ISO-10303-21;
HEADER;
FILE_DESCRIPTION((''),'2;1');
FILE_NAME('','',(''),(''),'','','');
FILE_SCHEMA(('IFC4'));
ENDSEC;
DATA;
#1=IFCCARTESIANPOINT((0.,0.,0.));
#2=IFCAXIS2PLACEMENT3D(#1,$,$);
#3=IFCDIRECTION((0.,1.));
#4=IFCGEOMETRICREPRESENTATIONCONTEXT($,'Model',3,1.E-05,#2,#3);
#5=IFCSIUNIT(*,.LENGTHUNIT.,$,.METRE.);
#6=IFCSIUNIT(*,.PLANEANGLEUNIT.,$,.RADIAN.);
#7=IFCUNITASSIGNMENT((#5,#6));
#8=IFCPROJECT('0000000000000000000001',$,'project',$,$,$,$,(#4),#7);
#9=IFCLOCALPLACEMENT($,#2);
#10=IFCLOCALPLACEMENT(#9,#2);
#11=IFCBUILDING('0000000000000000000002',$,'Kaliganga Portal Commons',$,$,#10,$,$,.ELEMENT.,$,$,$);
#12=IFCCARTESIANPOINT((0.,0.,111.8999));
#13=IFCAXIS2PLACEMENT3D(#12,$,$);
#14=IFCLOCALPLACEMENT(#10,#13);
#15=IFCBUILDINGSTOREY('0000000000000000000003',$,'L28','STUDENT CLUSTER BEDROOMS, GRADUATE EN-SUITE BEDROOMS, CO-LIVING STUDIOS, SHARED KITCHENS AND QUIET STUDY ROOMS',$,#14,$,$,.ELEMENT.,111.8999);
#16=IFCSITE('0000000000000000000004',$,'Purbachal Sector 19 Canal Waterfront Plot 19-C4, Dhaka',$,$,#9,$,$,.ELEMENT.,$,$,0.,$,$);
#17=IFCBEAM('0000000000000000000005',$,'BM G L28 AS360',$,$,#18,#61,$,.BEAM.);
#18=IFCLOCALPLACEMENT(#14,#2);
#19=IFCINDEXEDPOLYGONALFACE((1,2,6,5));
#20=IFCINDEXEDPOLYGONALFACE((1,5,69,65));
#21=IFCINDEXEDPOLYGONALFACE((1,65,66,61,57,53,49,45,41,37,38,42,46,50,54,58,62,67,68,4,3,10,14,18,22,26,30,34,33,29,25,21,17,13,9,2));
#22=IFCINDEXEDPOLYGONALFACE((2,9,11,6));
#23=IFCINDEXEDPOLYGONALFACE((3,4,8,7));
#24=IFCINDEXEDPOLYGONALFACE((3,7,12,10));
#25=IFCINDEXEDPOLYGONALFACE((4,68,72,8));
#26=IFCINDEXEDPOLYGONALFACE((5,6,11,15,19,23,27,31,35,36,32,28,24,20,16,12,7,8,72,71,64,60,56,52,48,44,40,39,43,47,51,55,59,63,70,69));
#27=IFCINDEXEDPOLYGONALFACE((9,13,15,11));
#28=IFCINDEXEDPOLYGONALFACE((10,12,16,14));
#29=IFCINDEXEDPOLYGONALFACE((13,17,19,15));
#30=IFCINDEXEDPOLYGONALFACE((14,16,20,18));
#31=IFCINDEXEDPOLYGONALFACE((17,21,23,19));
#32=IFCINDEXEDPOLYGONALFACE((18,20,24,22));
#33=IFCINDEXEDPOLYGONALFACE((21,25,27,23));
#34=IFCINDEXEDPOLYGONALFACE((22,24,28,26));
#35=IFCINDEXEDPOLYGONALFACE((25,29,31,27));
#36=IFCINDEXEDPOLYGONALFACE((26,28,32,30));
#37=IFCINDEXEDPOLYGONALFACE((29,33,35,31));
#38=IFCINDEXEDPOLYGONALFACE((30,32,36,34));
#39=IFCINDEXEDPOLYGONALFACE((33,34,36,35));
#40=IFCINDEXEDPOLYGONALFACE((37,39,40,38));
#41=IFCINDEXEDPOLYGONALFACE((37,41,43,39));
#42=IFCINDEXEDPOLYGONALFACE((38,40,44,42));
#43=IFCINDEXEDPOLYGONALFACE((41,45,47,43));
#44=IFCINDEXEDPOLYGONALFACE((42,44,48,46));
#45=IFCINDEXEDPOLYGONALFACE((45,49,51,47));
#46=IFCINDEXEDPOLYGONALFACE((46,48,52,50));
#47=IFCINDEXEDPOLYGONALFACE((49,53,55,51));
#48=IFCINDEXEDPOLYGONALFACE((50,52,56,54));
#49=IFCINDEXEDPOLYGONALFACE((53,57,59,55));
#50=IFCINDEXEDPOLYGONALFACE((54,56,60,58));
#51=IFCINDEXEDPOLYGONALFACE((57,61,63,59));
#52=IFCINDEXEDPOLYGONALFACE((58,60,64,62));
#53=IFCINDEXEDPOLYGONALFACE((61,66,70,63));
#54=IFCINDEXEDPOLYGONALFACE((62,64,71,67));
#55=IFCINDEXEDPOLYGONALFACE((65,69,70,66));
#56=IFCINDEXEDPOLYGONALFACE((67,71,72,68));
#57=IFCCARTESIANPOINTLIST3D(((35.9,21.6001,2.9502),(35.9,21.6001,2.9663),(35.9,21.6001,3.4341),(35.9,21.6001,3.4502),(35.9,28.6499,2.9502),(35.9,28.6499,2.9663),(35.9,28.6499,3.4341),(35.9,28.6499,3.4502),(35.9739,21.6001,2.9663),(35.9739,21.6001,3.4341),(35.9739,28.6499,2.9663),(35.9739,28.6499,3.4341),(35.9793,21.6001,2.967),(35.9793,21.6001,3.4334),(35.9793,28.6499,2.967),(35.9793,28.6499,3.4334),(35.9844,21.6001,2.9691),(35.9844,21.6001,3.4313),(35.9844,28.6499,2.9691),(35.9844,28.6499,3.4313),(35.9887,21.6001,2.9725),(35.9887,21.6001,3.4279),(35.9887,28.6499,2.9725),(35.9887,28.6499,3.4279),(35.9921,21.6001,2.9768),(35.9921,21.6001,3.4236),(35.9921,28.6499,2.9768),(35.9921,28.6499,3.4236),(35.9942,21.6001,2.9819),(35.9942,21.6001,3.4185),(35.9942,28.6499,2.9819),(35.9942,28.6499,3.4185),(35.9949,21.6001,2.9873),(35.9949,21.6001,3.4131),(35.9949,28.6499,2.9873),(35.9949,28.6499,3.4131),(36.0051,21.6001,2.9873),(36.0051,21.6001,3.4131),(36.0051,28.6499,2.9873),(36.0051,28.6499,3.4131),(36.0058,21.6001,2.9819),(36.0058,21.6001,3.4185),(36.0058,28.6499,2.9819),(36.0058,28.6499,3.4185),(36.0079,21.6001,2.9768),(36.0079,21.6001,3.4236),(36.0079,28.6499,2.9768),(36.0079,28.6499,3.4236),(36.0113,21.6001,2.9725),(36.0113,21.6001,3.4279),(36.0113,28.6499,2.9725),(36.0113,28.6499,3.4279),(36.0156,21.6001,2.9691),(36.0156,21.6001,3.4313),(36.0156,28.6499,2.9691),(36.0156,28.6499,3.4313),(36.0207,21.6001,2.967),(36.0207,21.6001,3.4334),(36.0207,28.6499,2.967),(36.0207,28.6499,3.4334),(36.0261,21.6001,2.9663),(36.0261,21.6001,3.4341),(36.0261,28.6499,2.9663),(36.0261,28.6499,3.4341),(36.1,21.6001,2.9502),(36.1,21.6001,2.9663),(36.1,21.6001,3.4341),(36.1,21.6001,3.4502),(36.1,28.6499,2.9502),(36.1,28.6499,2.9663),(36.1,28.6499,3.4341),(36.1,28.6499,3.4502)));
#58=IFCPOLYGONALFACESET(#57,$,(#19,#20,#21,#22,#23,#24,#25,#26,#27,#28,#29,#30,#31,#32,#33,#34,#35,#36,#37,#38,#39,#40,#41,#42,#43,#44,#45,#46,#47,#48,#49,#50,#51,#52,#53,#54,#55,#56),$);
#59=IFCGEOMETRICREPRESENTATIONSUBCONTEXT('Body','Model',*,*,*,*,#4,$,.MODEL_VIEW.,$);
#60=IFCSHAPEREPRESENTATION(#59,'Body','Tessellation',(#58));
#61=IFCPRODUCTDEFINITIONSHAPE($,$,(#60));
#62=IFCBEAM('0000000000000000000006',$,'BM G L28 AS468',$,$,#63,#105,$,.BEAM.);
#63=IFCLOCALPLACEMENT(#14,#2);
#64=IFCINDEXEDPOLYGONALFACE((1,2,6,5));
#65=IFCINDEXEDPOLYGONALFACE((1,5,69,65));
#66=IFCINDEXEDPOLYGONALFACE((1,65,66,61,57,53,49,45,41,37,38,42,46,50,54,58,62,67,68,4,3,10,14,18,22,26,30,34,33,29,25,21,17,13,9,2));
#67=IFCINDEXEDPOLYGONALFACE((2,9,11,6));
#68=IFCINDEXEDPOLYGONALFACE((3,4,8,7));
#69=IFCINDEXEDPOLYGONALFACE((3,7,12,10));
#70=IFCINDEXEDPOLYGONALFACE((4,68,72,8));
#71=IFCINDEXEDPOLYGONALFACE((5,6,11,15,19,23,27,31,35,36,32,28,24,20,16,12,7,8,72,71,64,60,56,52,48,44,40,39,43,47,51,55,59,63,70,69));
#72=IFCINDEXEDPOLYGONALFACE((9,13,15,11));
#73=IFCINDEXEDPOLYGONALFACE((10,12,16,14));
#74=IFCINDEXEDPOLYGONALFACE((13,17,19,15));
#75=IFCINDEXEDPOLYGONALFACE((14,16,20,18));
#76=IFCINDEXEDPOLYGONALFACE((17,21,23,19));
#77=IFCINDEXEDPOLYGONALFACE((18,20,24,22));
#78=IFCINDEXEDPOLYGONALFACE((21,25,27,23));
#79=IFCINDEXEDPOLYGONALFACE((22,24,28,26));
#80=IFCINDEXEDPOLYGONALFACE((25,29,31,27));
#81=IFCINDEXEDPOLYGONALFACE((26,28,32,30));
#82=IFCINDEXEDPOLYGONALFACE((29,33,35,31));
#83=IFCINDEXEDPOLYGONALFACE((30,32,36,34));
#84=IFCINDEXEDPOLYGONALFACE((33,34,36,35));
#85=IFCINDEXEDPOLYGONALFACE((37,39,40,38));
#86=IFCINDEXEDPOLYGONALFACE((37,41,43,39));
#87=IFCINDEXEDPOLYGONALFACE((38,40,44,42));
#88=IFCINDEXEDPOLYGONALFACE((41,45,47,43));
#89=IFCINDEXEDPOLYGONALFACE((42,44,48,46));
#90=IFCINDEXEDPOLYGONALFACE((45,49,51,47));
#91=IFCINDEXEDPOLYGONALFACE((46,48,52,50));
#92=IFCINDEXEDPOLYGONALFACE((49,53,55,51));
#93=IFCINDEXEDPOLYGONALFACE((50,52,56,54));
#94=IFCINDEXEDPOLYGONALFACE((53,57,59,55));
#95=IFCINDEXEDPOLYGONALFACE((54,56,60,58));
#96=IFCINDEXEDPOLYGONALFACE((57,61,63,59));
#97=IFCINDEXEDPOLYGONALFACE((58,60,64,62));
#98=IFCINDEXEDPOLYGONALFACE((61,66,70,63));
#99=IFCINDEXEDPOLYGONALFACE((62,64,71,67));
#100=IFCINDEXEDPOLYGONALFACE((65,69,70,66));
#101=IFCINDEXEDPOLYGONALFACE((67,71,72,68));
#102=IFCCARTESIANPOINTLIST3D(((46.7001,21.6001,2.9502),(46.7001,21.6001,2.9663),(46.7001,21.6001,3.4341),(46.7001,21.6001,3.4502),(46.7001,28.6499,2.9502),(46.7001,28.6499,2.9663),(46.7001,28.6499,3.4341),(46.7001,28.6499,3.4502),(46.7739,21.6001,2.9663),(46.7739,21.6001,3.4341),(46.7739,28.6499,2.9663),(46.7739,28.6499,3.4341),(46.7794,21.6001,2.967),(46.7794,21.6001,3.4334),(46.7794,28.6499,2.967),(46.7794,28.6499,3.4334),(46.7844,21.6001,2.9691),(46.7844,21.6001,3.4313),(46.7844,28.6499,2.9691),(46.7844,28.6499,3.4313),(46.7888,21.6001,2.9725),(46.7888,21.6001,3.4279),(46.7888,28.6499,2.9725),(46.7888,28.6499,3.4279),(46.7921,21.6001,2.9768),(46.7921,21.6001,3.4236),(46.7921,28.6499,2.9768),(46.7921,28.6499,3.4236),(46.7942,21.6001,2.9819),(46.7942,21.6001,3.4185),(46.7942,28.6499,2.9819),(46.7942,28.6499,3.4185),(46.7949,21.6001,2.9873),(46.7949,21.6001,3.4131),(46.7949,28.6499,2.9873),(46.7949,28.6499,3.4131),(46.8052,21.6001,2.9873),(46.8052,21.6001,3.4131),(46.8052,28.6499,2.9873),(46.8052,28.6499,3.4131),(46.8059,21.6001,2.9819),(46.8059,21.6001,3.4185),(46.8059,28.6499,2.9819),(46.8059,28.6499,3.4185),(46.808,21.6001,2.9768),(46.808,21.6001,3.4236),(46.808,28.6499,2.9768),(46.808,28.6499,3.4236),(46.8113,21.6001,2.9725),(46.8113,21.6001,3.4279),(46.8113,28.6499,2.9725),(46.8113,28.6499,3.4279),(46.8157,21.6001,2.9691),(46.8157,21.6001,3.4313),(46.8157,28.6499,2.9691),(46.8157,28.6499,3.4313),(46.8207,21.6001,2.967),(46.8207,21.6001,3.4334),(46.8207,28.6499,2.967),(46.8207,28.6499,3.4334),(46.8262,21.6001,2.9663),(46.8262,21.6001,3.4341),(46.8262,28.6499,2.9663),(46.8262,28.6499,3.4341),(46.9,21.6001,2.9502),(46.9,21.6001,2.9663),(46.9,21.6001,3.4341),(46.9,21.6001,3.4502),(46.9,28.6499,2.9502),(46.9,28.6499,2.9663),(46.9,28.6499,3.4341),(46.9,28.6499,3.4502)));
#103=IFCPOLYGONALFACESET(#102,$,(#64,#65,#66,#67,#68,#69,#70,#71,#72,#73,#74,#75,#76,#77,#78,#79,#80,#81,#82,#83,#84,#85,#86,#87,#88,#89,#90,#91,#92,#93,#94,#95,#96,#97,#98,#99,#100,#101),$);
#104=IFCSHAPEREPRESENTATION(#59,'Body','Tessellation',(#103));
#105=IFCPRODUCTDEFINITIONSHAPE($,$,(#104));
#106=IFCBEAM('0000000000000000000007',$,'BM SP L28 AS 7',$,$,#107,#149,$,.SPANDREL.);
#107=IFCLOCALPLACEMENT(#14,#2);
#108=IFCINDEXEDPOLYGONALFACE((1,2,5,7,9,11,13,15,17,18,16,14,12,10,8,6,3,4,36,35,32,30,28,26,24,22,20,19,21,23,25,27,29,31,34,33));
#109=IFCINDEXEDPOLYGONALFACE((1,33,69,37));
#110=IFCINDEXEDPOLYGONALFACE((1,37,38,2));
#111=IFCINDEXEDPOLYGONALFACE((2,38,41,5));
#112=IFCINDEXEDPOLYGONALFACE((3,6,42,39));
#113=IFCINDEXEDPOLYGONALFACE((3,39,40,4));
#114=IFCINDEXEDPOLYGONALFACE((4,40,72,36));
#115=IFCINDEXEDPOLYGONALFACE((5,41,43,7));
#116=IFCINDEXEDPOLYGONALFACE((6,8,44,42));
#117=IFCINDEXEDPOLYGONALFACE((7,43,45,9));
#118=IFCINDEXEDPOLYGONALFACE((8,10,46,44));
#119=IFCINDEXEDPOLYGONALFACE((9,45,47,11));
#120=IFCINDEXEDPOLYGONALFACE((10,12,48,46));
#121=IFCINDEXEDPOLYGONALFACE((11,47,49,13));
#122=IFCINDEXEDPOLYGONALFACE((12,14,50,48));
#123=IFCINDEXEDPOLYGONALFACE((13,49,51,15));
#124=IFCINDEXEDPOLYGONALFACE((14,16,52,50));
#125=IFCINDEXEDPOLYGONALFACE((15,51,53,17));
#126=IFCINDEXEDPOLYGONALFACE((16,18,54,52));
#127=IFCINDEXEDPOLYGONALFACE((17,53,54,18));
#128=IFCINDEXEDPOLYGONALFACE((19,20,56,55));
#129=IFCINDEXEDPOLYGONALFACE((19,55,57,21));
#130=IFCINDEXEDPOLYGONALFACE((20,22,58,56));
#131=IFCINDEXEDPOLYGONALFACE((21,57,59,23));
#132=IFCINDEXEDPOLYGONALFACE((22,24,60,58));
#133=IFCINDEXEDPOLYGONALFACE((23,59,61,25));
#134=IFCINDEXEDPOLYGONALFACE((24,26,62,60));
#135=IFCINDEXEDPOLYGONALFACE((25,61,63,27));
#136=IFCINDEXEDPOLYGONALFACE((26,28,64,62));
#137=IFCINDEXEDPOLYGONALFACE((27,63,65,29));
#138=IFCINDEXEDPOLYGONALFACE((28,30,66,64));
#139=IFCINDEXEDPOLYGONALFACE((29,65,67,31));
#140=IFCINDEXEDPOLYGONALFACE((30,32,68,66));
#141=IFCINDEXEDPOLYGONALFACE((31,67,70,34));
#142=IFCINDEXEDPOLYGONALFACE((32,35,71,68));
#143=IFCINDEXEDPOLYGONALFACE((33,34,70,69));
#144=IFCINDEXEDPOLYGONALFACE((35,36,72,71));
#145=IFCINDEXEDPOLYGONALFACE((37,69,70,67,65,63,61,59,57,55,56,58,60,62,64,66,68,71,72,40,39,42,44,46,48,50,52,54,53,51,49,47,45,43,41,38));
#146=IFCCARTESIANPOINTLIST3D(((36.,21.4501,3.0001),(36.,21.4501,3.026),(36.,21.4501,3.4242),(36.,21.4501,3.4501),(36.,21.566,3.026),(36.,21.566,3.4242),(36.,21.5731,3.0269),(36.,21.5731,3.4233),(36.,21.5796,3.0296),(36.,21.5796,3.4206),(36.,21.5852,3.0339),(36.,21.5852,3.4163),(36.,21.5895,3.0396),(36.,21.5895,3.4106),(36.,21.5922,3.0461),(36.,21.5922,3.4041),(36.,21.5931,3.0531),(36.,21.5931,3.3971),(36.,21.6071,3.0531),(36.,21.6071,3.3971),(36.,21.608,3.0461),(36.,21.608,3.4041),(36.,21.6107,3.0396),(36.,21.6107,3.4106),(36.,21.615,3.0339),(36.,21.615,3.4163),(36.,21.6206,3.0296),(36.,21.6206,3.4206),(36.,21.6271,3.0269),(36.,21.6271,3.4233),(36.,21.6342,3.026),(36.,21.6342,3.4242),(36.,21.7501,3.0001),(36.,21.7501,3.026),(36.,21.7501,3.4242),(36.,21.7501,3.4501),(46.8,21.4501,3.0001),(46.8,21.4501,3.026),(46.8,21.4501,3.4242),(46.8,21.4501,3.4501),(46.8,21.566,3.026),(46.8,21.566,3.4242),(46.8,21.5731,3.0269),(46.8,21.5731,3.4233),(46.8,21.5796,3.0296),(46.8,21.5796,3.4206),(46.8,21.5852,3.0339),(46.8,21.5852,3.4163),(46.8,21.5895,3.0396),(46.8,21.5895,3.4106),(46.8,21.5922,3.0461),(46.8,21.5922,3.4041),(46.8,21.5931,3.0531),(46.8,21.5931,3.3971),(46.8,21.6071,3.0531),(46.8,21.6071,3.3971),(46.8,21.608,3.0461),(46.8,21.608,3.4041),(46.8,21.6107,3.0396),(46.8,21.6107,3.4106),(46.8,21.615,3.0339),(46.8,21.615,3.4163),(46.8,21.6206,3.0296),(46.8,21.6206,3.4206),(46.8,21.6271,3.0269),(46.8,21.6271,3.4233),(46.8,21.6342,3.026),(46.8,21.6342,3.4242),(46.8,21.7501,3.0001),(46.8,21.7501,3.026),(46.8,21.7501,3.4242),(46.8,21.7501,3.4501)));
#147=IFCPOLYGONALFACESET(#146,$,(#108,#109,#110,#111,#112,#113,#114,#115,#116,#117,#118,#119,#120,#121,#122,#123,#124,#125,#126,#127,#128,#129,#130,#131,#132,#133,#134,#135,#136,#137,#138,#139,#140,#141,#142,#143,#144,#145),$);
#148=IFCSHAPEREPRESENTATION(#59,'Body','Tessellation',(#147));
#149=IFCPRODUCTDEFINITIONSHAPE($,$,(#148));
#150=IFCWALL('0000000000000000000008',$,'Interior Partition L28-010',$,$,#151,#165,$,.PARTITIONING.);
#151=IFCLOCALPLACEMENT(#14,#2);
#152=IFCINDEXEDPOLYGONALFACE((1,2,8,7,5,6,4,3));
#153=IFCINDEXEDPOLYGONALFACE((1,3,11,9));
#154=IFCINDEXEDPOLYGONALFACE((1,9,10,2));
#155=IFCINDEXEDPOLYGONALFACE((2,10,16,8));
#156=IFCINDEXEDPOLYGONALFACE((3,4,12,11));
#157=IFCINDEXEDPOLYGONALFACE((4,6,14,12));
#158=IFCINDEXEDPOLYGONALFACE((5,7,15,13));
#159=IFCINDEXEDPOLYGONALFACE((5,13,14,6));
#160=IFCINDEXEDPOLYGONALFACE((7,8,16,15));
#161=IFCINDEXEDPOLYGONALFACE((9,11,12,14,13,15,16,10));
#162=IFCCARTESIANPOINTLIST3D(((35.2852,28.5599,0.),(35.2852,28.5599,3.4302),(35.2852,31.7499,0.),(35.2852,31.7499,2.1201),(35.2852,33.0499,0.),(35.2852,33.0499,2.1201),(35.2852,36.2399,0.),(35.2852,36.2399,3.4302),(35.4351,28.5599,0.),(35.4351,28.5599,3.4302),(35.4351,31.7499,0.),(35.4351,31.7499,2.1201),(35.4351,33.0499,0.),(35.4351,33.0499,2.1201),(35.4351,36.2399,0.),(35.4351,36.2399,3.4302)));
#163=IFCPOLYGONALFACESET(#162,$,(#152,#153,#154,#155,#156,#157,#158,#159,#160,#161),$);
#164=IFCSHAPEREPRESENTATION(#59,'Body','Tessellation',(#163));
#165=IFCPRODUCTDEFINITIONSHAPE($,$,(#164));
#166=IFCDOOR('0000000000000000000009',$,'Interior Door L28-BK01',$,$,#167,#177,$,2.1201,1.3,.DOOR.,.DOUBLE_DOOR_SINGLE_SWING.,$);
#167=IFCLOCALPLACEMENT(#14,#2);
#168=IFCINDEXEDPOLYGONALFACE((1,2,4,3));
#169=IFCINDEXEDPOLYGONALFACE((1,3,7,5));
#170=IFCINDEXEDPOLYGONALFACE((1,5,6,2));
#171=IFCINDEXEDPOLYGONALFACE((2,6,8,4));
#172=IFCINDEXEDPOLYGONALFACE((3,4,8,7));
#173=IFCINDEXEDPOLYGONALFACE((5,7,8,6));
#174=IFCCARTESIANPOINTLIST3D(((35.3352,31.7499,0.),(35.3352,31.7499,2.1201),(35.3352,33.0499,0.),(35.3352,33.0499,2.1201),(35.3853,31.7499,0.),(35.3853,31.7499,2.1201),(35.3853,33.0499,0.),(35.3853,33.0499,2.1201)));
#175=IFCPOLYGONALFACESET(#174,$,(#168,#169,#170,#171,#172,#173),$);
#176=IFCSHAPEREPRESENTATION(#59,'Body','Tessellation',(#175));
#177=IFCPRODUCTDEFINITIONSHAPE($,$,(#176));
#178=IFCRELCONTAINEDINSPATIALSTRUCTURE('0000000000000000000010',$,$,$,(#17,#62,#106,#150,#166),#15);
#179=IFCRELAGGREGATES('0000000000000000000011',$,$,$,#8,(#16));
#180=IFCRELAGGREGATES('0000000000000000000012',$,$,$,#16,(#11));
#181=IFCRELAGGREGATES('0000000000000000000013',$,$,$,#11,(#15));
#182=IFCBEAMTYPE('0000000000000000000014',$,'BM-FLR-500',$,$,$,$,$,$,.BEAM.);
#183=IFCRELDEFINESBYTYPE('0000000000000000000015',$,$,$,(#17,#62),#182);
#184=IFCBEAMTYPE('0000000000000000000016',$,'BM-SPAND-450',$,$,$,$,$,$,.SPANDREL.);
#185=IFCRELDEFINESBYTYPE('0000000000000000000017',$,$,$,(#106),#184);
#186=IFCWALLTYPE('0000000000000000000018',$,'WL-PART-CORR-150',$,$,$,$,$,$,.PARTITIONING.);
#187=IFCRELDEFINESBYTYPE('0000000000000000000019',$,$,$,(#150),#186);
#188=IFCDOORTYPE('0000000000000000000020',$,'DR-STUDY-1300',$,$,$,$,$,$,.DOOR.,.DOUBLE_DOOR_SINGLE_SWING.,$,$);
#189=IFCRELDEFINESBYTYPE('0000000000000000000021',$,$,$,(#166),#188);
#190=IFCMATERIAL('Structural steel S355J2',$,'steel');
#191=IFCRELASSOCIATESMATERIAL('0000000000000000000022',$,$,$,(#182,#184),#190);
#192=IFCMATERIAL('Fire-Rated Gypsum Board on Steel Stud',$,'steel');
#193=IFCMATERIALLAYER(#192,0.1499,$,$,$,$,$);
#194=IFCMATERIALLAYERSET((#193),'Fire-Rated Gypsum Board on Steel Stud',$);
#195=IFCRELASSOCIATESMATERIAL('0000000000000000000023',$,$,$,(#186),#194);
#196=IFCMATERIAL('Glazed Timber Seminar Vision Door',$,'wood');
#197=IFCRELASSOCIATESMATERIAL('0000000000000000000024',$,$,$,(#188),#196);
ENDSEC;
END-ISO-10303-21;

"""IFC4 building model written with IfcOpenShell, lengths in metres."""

from ifc_helpers import new_model, si_unit, direction, frame, frame_2d, origin, origin_2d, place, context, subcontext, project, spatial, rectangle, i_section, extrude, source, transform, mapped, material, layer, layer_set, material_profile, profile_set, type_object, element, fill, save


model = new_model("IFC4")

# Units and contexts
model_context = context("Model", 3, precision=1e-05, world=origin(), true_north=direction((0.0, 1.0)))
body_context = subcontext(model_context, "Body", "Model", "MODEL_VIEW")
ifc_project = project(units=[si_unit("LENGTHUNIT", "METRE"), si_unit("PLANEANGLEUNIT", "RADIAN")], contexts=[model_context])

# Site, building, storey
site_placement = place(None, origin())
site = spatial("IfcSite", under=ifc_project, at=site_placement, Name="Purbachal Sector 19 Canal Waterfront Plot 19-C4, Dhaka", CompositionType="ELEMENT", RefElevation=0.0)
building_placement = place(site_placement, origin())
building = spatial("IfcBuilding", under=site, at=building_placement, Name="Kaliganga Portal Commons", CompositionType="ELEMENT")
storey_placement = place(building_placement, frame((0.0, 0.0, 111.8999)))
storey = spatial("IfcBuildingStorey", under=building, at=storey_placement, Name="L28", Description="STUDENT CLUSTER BEDROOMS, GRADUATE EN-SUITE BEDROOMS, CO-LIVING STUDIOS, SHARED KITCHENS AND QUIET STUDY ROOMS", CompositionType="ELEMENT", Elevation=111.8999)

# Beams
ifc_material_1 = material(Name="Structural steel S355J2", Category="steel")
ifc_material_profile_1 = material_profile(ifc_material_1, i_section(OverallWidth=0.2, OverallDepth=0.5, WebThickness=0.0103, FlangeThickness=0.0161, FilletRadius=0.021, at=origin_2d()), Name="IPE 500")
ifc_profile_set_1 = profile_set([ifc_material_profile_1], Name="Structural steel S355J2 wide-flange")
beam_type_1 = type_object("IfcBeamType", Name="BM-FLR-500", PredefinedType="BEAM", material=ifc_profile_set_1)
shared_shape_1 = source(origin(), body_context, "Body", "SweptSolid", [
    extrude(i_section(OverallWidth=0.2, OverallDepth=0.5, WebThickness=0.0103, FlangeThickness=0.0161, FilletRadius=0.021, at=origin_2d()), origin(), (0.0, 0.0, 1.0), 7.0498),
])
for number, where, z_axis, x_axis, name in (
    (1, (36.0, 21.6001, 3.2002), (0.0, 1.0, 0.0), (-1.0, 0.0, 0.0), "BM G L28 AS360"),
    (2, (46.8, 21.6001, 3.2002), (0.0, 1.0, 0.0), (-1.0, 0.0, 0.0), "BM G L28 AS468"),
):
    element("IfcBeam", number, at=place(storey_placement, frame(where, z_axis=z_axis, x_axis=x_axis)), inside=storey, type_object=beam_type_1, Name=name, PredefinedType="BEAM", context=body_context, shape_type="MappedRepresentation", body=[
        mapped(shared_shape_1, transform((0.0, 0.0, 0.0), x_axis=(1.0, 0.0, 0.0), y_axis=(0.0, 1.0, 0.0), z_axis=(0.0, 0.0, 1.0), scale=1.0)),
    ])
ifc_material_profile_2 = material_profile(ifc_material_1, i_section(OverallWidth=0.3, OverallDepth=0.45, WebThickness=0.0139, FlangeThickness=0.0259, FilletRadius=0.0271, at=origin_2d()), Name="HE 450 B")
ifc_profile_set_2 = profile_set([ifc_material_profile_2], Name="Structural steel S355J2 wide-flange")
beam_type_2 = type_object("IfcBeamType", Name="BM-SPAND-450", PredefinedType="SPANDREL", material=ifc_profile_set_2)
shared_shape_2 = source(origin(), body_context, "Body", "SweptSolid", [
    extrude(i_section(OverallWidth=0.3, OverallDepth=0.45, WebThickness=0.0139, FlangeThickness=0.0259, FilletRadius=0.0271, at=origin_2d()), origin(), (0.0, 0.0, 1.0), 10.8),
])
beam_1_placement = place(storey_placement, frame((36.0, 21.6001, 3.2251), z_axis=(1.0, 0.0, 0.0), x_axis=(0.0, 1.0, 0.0)))
element("IfcBeam", 3, at=beam_1_placement, inside=storey, type_object=beam_type_2, Name="BM SP L28 AS 7", PredefinedType="SPANDREL", context=body_context, shape_type="MappedRepresentation", body=[
    mapped(shared_shape_2, transform((0.0, 0.0, 0.0), x_axis=(1.0, 0.0, 0.0), y_axis=(0.0, 1.0, 0.0), z_axis=(0.0, 0.0, 1.0), scale=1.0)),
])

# Wall, opening, door
ifc_material_2 = material(Name="Fire-Rated Gypsum Board on Steel Stud", Category="steel")
ifc_layer_1 = layer(ifc_material_2, 0.1499)
ifc_layer_set_1 = layer_set([ifc_layer_1], Name="Fire-Rated Gypsum Board on Steel Stud")
wall_type_1 = type_object("IfcWallType", Name="WL-PART-CORR-150", PredefinedType="PARTITIONING", material=ifc_layer_set_1)
wall_1_placement = place(storey_placement, frame((35.3601, 28.5601, 0.0), z_axis=(0.0, 0.0, 1.0), x_axis=(0.0, 1.0, 0.0)))
wall_1 = element("IfcWall", 4, at=wall_1_placement, inside=storey, type_object=wall_type_1, Name="Interior Partition L28-010", PredefinedType="PARTITIONING", context=body_context, shape_type="SweptSolid", body=[
    extrude(rectangle(XDim=7.6799, YDim=0.1499, at=frame_2d((3.8398, 0.0))), origin(), (0.0, 0.0, 1.0), 3.4302),
])
opening_1_placement = place(wall_1_placement, frame((3.1899, 0.0, 0.0)))
opening_1 = element("IfcOpeningElement", 5, at=opening_1_placement, cuts=wall_1, PredefinedType="OPENING", context=body_context, shape_type="SweptSolid", body=[
    extrude(rectangle(XDim=1.3, YDim=2.1201, at=frame_2d((0.6499, 1.0601))), frame((0.0, 0.085, 0.0), z_axis=(0.0, -1.0, 0.0), x_axis=(1.0, 0.0, 0.0)), (0.0, 0.0, 1.0), 0.1699),
])
ifc_material_3 = material(Name="Glazed Timber Seminar Vision Door", Category="wood")
door_type_1 = type_object("IfcDoorType", Name="DR-STUDY-1300", OperationType="DOUBLE_DOOR_SINGLE_SWING", PredefinedType="DOOR", material=ifc_material_3)
door_1_placement = place(opening_1_placement, origin())
door_1 = element("IfcDoor", 6, at=door_1_placement, inside=storey, type_object=door_type_1, Name="Interior Door L28-BK01", OperationType="DOUBLE_DOOR_SINGLE_SWING", OverallHeight=2.1201, OverallWidth=1.3, PredefinedType="DOOR", context=body_context, shape_type="SweptSolid", body=[
    extrude(rectangle(XDim=1.3, YDim=2.1201, at=frame_2d((0.6499, 1.0601))), frame((0.0, 0.0249, 0.0), z_axis=(0.0, -1.0, 0.0), x_axis=(1.0, 0.0, 0.0)), (0.0, 0.0, 1.0), 0.05),
])
fill(opening_1, door_1)

save(model, "model.ifc")
